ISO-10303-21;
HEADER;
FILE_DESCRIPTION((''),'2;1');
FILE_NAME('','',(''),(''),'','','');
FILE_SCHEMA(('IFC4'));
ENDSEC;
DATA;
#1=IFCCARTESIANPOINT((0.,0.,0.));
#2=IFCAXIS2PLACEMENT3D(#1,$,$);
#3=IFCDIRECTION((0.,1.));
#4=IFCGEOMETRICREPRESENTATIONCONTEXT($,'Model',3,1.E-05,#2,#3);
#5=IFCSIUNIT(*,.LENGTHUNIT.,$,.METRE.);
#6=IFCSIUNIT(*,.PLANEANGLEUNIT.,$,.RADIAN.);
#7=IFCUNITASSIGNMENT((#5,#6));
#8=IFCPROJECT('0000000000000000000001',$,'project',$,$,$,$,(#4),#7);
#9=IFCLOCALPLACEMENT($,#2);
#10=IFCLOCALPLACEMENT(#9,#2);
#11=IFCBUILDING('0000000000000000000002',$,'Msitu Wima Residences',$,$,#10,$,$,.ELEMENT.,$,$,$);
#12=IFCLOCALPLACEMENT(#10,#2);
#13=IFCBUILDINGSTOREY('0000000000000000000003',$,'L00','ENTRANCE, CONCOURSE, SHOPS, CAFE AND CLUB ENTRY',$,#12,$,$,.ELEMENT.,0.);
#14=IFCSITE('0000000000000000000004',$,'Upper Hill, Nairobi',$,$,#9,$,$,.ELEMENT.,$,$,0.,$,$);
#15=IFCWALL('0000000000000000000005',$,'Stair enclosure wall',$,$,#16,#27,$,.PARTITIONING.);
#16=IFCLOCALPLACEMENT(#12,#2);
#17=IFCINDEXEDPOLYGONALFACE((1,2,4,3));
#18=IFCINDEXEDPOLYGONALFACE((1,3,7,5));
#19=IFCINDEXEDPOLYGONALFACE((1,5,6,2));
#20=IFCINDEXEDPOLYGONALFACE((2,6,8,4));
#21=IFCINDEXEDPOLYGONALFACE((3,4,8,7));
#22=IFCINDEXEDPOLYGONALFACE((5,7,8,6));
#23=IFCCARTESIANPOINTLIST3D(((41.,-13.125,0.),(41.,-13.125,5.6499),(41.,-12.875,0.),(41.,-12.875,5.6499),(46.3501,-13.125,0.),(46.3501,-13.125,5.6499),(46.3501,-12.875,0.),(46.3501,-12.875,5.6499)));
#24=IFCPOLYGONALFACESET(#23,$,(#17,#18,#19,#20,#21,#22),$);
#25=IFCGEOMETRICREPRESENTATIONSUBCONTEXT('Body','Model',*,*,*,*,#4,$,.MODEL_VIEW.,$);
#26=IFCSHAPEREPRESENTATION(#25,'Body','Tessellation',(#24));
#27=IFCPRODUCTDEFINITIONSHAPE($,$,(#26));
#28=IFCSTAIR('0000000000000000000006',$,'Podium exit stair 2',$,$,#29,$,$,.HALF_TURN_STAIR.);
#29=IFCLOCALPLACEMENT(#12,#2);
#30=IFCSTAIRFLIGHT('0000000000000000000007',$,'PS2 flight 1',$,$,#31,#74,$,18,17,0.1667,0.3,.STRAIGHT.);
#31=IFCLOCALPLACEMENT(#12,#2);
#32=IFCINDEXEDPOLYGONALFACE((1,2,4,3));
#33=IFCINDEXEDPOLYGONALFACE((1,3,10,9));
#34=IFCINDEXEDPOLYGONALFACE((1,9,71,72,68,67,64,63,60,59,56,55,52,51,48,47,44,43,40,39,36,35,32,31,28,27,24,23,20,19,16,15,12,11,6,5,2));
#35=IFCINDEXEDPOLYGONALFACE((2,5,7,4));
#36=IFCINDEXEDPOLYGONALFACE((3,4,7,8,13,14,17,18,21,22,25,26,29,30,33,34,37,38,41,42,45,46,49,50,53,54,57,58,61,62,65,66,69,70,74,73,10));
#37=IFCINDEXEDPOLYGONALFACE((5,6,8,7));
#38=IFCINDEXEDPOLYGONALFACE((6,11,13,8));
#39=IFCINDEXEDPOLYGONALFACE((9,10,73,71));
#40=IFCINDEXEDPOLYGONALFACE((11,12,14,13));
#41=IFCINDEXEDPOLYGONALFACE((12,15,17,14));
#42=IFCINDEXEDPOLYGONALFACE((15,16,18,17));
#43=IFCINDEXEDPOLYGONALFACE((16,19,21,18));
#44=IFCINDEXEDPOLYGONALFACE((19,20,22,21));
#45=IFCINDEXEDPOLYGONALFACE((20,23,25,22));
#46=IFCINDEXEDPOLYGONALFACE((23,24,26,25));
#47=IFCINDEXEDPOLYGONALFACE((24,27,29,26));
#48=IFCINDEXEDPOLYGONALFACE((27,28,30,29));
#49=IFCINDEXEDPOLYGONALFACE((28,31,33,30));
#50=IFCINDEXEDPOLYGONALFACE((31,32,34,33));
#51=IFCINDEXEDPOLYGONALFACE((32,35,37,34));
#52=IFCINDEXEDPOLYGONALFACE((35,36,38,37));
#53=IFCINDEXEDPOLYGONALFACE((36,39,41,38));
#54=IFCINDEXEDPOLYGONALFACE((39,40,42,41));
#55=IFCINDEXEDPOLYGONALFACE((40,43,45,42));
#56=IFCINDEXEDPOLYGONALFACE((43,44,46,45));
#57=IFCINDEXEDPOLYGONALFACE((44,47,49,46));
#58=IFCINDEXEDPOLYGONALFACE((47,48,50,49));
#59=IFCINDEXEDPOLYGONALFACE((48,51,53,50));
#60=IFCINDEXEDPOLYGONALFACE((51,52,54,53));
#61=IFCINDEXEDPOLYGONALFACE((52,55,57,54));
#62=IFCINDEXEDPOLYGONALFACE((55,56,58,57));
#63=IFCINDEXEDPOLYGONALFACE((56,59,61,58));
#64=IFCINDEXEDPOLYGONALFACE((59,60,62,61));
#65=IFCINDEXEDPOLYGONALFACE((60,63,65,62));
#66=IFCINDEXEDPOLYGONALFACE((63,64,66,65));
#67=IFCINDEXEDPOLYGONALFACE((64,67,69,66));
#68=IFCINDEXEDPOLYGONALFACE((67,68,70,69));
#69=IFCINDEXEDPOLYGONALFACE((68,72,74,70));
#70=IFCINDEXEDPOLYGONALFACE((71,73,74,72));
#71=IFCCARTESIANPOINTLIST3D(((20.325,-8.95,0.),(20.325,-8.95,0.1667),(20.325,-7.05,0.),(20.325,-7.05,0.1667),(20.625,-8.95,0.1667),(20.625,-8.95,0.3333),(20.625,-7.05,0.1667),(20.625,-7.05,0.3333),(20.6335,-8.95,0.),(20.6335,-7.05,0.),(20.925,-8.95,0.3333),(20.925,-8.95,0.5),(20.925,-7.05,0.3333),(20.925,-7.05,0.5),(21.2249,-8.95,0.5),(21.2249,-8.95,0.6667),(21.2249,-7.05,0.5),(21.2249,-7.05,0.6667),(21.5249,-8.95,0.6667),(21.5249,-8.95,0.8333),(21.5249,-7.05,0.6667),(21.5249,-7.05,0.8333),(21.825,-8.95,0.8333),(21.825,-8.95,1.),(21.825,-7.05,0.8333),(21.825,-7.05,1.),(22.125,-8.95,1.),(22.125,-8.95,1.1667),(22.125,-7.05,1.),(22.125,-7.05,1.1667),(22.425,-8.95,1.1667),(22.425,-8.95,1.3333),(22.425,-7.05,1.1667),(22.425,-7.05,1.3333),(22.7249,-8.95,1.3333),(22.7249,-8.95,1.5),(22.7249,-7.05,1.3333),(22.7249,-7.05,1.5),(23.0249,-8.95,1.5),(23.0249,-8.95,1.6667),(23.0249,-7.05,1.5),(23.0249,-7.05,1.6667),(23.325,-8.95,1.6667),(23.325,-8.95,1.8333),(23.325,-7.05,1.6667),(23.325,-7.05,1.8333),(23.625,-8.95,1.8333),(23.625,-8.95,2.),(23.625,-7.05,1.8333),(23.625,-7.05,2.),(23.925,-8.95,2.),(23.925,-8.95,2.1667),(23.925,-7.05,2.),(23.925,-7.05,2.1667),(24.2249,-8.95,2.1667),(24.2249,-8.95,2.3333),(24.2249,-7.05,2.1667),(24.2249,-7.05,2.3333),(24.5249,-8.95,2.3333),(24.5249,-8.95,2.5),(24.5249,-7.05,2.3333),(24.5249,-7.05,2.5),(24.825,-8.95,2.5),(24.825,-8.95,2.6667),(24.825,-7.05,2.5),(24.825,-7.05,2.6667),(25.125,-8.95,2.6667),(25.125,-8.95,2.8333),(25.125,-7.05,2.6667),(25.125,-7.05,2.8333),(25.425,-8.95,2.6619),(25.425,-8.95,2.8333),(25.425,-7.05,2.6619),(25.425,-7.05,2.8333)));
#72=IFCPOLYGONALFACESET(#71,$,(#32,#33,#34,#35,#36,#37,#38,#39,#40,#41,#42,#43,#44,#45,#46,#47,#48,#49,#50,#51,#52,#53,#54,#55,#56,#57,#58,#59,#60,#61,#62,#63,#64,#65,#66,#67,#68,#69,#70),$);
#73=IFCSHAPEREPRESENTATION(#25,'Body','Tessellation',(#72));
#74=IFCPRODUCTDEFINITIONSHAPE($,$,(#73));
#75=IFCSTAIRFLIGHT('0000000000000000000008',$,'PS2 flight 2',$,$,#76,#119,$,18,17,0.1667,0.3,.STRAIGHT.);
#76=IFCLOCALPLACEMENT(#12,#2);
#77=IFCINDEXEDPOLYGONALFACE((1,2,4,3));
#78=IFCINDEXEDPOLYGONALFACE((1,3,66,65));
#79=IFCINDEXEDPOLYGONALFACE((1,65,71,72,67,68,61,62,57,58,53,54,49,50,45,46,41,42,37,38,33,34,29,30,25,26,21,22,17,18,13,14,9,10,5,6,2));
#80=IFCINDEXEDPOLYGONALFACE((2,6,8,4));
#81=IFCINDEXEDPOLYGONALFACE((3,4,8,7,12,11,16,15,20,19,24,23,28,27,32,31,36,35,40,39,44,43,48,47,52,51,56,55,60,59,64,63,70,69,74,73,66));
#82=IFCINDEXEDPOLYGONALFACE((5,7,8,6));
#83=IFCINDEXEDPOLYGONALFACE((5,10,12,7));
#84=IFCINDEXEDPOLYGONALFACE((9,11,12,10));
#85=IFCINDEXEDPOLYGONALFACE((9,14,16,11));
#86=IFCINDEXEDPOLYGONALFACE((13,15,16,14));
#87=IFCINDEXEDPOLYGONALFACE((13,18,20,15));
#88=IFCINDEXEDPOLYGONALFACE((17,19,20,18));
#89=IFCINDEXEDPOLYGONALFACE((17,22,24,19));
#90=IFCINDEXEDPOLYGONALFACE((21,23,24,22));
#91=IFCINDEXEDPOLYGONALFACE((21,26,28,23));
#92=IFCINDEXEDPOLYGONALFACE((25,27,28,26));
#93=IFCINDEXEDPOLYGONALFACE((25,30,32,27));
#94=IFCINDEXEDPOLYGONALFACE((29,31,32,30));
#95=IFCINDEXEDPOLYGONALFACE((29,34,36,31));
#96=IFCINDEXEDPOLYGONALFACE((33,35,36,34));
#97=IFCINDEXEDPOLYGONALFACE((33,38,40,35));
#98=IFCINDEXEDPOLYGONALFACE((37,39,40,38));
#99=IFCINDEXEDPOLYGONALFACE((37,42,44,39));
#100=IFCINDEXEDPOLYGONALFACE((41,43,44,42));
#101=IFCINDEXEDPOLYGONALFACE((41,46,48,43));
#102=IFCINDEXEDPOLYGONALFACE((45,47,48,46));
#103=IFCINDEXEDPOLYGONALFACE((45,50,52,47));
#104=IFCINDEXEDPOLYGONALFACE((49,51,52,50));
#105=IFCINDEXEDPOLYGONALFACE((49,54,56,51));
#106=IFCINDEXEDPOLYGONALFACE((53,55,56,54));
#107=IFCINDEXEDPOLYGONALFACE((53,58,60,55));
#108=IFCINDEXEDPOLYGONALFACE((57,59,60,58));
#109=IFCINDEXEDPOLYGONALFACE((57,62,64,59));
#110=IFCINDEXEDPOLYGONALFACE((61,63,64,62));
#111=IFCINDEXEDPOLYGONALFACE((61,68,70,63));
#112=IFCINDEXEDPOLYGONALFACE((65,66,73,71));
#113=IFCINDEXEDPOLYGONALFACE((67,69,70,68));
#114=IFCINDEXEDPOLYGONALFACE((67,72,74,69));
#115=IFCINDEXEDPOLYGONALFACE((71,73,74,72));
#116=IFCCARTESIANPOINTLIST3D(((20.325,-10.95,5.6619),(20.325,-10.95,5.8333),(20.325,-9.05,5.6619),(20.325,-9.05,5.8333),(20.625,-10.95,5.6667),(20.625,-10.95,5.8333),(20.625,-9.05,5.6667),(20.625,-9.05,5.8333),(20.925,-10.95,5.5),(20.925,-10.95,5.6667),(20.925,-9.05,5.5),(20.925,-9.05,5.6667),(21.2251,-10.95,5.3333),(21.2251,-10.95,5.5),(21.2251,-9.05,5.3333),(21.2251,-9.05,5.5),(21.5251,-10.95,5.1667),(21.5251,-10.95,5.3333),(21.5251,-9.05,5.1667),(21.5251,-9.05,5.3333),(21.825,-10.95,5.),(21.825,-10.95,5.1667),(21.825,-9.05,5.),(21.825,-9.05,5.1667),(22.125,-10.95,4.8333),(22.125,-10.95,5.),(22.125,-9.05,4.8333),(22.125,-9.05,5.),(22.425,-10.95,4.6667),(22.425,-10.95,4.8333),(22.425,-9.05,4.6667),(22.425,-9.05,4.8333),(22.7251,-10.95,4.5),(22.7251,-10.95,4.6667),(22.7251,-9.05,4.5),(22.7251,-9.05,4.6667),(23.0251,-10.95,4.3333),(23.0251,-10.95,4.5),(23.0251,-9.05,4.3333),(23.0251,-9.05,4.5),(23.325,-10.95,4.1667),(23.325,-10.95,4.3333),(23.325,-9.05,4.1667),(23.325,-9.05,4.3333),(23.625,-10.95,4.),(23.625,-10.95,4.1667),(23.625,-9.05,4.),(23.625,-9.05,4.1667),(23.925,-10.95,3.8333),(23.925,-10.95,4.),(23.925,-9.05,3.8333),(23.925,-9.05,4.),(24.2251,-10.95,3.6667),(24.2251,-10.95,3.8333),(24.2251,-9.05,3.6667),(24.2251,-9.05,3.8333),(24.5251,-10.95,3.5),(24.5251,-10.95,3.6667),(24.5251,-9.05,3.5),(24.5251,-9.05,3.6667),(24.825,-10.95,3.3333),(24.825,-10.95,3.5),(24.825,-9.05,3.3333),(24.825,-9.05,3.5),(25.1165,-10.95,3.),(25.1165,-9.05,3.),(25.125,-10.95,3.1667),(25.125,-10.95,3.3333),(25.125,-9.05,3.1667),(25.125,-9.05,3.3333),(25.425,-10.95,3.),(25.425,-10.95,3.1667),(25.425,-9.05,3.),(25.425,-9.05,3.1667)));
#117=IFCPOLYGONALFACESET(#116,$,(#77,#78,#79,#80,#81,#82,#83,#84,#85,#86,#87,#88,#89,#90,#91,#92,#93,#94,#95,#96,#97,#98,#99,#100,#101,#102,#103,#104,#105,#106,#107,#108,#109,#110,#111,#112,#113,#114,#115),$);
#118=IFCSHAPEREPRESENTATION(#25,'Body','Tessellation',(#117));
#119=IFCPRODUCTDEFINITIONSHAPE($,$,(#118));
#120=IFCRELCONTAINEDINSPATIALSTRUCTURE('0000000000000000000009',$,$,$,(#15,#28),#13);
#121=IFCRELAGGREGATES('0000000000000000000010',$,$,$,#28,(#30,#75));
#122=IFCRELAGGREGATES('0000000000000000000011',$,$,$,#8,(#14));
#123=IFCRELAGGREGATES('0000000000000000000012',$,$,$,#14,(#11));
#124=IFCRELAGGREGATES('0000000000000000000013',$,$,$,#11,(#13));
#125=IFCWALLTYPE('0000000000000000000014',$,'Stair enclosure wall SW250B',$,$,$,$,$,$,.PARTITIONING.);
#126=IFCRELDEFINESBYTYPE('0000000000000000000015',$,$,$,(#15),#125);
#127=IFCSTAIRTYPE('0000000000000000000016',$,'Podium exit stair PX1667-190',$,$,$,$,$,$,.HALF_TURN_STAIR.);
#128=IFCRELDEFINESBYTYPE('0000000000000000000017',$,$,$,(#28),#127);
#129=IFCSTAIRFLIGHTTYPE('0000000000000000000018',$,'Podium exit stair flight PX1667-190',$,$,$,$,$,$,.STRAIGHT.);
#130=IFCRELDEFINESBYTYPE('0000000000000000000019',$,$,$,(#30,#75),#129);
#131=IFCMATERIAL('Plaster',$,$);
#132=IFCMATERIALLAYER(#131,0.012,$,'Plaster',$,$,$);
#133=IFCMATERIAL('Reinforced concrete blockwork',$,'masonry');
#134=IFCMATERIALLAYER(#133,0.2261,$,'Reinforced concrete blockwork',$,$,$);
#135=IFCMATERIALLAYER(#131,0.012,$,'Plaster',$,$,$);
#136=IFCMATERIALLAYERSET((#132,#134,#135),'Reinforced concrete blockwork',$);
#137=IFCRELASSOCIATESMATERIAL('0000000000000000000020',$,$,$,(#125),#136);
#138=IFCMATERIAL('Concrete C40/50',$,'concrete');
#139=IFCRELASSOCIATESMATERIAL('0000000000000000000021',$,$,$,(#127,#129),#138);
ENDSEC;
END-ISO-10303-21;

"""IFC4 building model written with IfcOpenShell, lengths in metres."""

from ifc_helpers import new_model, si_unit, direction, frame, frame_2d, origin, place, context, subcontext, project, spatial, polyline, rectangle, outline, extrude, material, layer, layer_set, type_object, element, aggregate, save


model = new_model("IFC4")

# Units and contexts
model_context = context("Model", 3, precision=1e-05, world=origin(), true_north=direction((0.0, 1.0)))
body_context = subcontext(model_context, "Body", "Model", "MODEL_VIEW")
ifc_project = project(units=[si_unit("LENGTHUNIT", "METRE"), si_unit("PLANEANGLEUNIT", "RADIAN")], contexts=[model_context])

# Site, building, storey
site_placement = place(None, origin())
site = spatial("IfcSite", under=ifc_project, at=site_placement, Name="Upper Hill, Nairobi", CompositionType="ELEMENT", RefElevation=0.0)
building_placement = place(site_placement, origin())
building = spatial("IfcBuilding", under=site, at=building_placement, Name="Msitu Wima Residences", CompositionType="ELEMENT")
storey_placement = place(building_placement, origin())
storey = spatial("IfcBuildingStorey", under=building, at=storey_placement, Name="L00", Description="ENTRANCE, CONCOURSE, SHOPS, CAFE AND CLUB ENTRY", CompositionType="ELEMENT", Elevation=0.0)

# Shared definitions
ifc_material_1 = material(Name="Concrete C40/50", Category="concrete")

# Shared definitions
ifc_material_2 = material(Name="Plaster")

# Wall
ifc_layer_1 = layer(ifc_material_2, 0.012, Name="Plaster")
ifc_material_3 = material(Name="Reinforced concrete blockwork", Category="masonry")
ifc_layer_2 = layer(ifc_material_3, 0.2261, Name="Reinforced concrete blockwork")
ifc_layer_3 = layer(ifc_material_2, 0.012, Name="Plaster")
ifc_layer_set_1 = layer_set([ifc_layer_1, ifc_layer_2, ifc_layer_3], Name="Reinforced concrete blockwork")
wall_type_1 = type_object("IfcWallType", Name="Stair enclosure wall SW250B", PredefinedType="PARTITIONING", material=ifc_layer_set_1)
wall_1_placement = place(storey_placement, frame((41.0, -13.0, 0.0), z_axis=(0.0, 0.0, 1.0), x_axis=(1.0, 0.0, 0.0)))
element("IfcWall", 1, at=wall_1_placement, inside=storey, type_object=wall_type_1, Name="Stair enclosure wall", PredefinedType="PARTITIONING", context=body_context, shape_type="SweptSolid", body=[
    extrude(rectangle(XDim=5.3501, YDim=0.25, at=frame_2d((2.675, 0.0))), origin(), (0.0, 0.0, 1.0), 5.6499),
])

# Stair, stair flights
stair_type = type_object("IfcStairType", Name="Podium exit stair PX1667-190", PredefinedType="HALF_TURN_STAIR", material=ifc_material_1)
stair_placement = place(storey_placement, origin())
stair = element("IfcStair", 2, at=stair_placement, inside=storey, type_object=stair_type, Name="Podium exit stair 2", PredefinedType="HALF_TURN_STAIR")
stair_flight_type = type_object("IfcStairFlightType", Name="Podium exit stair flight PX1667-190", PredefinedType="STRAIGHT", material=ifc_material_1)
stair_flight_1_placement = place(storey_placement, frame((20.325, -8.0, 0.0), z_axis=(0.0, 0.0, 1.0), x_axis=(1.0, 0.0, 0.0)))
stair_flight_1 = element("IfcStairFlight", 3, at=stair_flight_1_placement, type_object=stair_flight_type, Name="PS2 flight 1", NumberOfRisers=18, NumberOfTreads=17, PredefinedType="STRAIGHT", RiserHeight=0.1667, TreadLength=0.3, context=body_context, shape_type="SweptSolid", body=[
    extrude(outline(polyline([(0.0, 0.0), (0.0, 0.1667), (0.3, 0.1667), (0.3, 0.3333), (0.6001, 0.3333), (0.6001, 0.5), (0.8999, 0.5), (0.8999, 0.6667), (1.2, 0.6667), (1.2, 0.8333), (1.5, 0.8333), (1.5, 1.0), (1.8, 1.0), (1.8, 1.1667), (2.1001, 1.1667), (2.1001, 1.3333), (2.3999, 1.3333), (2.3999, 1.5), (2.7, 1.5), (2.7, 1.6667), (3.0, 1.6667), (3.0, 1.8333), (3.3, 1.8333), (3.3, 2.0), (3.6001, 2.0), (3.6001, 2.1667), (3.8999, 2.1667), (3.8999, 2.3333), (4.2, 2.3333), (4.2, 2.5), (4.5, 2.5), (4.5, 2.6667), (4.8, 2.6667), (4.8, 2.8333), (5.1001, 2.8333), (5.1001, 3.0), (5.1001, 2.6619), (0.3086, 0.0), (0.0, 0.0)])), frame((0.0, 0.95, 0.0), z_axis=(0.0, -1.0, 0.0), x_axis=(1.0, 0.0, 0.0)), (0.0, 0.0, 1.0), 1.8999),
])
stair_flight_2_placement = place(storey_placement, frame((25.425, -10.0, 3.0), z_axis=(0.0, 0.0, 1.0), x_axis=(-1.0, 0.0, 0.0)))
stair_flight_2 = element("IfcStairFlight", 4, at=stair_flight_2_placement, type_object=stair_flight_type, Name="PS2 flight 2", NumberOfRisers=18, NumberOfTreads=17, PredefinedType="STRAIGHT", RiserHeight=0.1667, TreadLength=0.3, context=body_context, shape_type="SweptSolid", body=[
    extrude(outline(polyline([(0.0, 0.0), (0.0, 0.1667), (0.3, 0.1667), (0.3, 0.3333), (0.6001, 0.3333), (0.6001, 0.5), (0.8999, 0.5), (0.8999, 0.6667), (1.2, 0.6667), (1.2, 0.8333), (1.5, 0.8333), (1.5, 1.0), (1.8, 1.0), (1.8, 1.1667), (2.1001, 1.1667), (2.1001, 1.3333), (2.3999, 1.3333), (2.3999, 1.5), (2.7, 1.5), (2.7, 1.6667), (3.0, 1.6667), (3.0, 1.8333), (3.3, 1.8333), (3.3, 2.0), (3.6001, 2.0), (3.6001, 2.1667), (3.8999, 2.1667), (3.8999, 2.3333), (4.2, 2.3333), (4.2, 2.5), (4.5, 2.5), (4.5, 2.6667), (4.8, 2.6667), (4.8, 2.8333), (5.1001, 2.8333), (5.1001, 3.0), (5.1001, 2.6619), (0.3086, 0.0), (0.0, 0.0)])), frame((0.0, 0.95, 0.0), z_axis=(0.0, -1.0, 0.0), x_axis=(1.0, 0.0, 0.0)), (0.0, 0.0, 1.0), 1.8999),
])
aggregate(stair, [stair_flight_1, stair_flight_2])

save(model, "model.ifc")
